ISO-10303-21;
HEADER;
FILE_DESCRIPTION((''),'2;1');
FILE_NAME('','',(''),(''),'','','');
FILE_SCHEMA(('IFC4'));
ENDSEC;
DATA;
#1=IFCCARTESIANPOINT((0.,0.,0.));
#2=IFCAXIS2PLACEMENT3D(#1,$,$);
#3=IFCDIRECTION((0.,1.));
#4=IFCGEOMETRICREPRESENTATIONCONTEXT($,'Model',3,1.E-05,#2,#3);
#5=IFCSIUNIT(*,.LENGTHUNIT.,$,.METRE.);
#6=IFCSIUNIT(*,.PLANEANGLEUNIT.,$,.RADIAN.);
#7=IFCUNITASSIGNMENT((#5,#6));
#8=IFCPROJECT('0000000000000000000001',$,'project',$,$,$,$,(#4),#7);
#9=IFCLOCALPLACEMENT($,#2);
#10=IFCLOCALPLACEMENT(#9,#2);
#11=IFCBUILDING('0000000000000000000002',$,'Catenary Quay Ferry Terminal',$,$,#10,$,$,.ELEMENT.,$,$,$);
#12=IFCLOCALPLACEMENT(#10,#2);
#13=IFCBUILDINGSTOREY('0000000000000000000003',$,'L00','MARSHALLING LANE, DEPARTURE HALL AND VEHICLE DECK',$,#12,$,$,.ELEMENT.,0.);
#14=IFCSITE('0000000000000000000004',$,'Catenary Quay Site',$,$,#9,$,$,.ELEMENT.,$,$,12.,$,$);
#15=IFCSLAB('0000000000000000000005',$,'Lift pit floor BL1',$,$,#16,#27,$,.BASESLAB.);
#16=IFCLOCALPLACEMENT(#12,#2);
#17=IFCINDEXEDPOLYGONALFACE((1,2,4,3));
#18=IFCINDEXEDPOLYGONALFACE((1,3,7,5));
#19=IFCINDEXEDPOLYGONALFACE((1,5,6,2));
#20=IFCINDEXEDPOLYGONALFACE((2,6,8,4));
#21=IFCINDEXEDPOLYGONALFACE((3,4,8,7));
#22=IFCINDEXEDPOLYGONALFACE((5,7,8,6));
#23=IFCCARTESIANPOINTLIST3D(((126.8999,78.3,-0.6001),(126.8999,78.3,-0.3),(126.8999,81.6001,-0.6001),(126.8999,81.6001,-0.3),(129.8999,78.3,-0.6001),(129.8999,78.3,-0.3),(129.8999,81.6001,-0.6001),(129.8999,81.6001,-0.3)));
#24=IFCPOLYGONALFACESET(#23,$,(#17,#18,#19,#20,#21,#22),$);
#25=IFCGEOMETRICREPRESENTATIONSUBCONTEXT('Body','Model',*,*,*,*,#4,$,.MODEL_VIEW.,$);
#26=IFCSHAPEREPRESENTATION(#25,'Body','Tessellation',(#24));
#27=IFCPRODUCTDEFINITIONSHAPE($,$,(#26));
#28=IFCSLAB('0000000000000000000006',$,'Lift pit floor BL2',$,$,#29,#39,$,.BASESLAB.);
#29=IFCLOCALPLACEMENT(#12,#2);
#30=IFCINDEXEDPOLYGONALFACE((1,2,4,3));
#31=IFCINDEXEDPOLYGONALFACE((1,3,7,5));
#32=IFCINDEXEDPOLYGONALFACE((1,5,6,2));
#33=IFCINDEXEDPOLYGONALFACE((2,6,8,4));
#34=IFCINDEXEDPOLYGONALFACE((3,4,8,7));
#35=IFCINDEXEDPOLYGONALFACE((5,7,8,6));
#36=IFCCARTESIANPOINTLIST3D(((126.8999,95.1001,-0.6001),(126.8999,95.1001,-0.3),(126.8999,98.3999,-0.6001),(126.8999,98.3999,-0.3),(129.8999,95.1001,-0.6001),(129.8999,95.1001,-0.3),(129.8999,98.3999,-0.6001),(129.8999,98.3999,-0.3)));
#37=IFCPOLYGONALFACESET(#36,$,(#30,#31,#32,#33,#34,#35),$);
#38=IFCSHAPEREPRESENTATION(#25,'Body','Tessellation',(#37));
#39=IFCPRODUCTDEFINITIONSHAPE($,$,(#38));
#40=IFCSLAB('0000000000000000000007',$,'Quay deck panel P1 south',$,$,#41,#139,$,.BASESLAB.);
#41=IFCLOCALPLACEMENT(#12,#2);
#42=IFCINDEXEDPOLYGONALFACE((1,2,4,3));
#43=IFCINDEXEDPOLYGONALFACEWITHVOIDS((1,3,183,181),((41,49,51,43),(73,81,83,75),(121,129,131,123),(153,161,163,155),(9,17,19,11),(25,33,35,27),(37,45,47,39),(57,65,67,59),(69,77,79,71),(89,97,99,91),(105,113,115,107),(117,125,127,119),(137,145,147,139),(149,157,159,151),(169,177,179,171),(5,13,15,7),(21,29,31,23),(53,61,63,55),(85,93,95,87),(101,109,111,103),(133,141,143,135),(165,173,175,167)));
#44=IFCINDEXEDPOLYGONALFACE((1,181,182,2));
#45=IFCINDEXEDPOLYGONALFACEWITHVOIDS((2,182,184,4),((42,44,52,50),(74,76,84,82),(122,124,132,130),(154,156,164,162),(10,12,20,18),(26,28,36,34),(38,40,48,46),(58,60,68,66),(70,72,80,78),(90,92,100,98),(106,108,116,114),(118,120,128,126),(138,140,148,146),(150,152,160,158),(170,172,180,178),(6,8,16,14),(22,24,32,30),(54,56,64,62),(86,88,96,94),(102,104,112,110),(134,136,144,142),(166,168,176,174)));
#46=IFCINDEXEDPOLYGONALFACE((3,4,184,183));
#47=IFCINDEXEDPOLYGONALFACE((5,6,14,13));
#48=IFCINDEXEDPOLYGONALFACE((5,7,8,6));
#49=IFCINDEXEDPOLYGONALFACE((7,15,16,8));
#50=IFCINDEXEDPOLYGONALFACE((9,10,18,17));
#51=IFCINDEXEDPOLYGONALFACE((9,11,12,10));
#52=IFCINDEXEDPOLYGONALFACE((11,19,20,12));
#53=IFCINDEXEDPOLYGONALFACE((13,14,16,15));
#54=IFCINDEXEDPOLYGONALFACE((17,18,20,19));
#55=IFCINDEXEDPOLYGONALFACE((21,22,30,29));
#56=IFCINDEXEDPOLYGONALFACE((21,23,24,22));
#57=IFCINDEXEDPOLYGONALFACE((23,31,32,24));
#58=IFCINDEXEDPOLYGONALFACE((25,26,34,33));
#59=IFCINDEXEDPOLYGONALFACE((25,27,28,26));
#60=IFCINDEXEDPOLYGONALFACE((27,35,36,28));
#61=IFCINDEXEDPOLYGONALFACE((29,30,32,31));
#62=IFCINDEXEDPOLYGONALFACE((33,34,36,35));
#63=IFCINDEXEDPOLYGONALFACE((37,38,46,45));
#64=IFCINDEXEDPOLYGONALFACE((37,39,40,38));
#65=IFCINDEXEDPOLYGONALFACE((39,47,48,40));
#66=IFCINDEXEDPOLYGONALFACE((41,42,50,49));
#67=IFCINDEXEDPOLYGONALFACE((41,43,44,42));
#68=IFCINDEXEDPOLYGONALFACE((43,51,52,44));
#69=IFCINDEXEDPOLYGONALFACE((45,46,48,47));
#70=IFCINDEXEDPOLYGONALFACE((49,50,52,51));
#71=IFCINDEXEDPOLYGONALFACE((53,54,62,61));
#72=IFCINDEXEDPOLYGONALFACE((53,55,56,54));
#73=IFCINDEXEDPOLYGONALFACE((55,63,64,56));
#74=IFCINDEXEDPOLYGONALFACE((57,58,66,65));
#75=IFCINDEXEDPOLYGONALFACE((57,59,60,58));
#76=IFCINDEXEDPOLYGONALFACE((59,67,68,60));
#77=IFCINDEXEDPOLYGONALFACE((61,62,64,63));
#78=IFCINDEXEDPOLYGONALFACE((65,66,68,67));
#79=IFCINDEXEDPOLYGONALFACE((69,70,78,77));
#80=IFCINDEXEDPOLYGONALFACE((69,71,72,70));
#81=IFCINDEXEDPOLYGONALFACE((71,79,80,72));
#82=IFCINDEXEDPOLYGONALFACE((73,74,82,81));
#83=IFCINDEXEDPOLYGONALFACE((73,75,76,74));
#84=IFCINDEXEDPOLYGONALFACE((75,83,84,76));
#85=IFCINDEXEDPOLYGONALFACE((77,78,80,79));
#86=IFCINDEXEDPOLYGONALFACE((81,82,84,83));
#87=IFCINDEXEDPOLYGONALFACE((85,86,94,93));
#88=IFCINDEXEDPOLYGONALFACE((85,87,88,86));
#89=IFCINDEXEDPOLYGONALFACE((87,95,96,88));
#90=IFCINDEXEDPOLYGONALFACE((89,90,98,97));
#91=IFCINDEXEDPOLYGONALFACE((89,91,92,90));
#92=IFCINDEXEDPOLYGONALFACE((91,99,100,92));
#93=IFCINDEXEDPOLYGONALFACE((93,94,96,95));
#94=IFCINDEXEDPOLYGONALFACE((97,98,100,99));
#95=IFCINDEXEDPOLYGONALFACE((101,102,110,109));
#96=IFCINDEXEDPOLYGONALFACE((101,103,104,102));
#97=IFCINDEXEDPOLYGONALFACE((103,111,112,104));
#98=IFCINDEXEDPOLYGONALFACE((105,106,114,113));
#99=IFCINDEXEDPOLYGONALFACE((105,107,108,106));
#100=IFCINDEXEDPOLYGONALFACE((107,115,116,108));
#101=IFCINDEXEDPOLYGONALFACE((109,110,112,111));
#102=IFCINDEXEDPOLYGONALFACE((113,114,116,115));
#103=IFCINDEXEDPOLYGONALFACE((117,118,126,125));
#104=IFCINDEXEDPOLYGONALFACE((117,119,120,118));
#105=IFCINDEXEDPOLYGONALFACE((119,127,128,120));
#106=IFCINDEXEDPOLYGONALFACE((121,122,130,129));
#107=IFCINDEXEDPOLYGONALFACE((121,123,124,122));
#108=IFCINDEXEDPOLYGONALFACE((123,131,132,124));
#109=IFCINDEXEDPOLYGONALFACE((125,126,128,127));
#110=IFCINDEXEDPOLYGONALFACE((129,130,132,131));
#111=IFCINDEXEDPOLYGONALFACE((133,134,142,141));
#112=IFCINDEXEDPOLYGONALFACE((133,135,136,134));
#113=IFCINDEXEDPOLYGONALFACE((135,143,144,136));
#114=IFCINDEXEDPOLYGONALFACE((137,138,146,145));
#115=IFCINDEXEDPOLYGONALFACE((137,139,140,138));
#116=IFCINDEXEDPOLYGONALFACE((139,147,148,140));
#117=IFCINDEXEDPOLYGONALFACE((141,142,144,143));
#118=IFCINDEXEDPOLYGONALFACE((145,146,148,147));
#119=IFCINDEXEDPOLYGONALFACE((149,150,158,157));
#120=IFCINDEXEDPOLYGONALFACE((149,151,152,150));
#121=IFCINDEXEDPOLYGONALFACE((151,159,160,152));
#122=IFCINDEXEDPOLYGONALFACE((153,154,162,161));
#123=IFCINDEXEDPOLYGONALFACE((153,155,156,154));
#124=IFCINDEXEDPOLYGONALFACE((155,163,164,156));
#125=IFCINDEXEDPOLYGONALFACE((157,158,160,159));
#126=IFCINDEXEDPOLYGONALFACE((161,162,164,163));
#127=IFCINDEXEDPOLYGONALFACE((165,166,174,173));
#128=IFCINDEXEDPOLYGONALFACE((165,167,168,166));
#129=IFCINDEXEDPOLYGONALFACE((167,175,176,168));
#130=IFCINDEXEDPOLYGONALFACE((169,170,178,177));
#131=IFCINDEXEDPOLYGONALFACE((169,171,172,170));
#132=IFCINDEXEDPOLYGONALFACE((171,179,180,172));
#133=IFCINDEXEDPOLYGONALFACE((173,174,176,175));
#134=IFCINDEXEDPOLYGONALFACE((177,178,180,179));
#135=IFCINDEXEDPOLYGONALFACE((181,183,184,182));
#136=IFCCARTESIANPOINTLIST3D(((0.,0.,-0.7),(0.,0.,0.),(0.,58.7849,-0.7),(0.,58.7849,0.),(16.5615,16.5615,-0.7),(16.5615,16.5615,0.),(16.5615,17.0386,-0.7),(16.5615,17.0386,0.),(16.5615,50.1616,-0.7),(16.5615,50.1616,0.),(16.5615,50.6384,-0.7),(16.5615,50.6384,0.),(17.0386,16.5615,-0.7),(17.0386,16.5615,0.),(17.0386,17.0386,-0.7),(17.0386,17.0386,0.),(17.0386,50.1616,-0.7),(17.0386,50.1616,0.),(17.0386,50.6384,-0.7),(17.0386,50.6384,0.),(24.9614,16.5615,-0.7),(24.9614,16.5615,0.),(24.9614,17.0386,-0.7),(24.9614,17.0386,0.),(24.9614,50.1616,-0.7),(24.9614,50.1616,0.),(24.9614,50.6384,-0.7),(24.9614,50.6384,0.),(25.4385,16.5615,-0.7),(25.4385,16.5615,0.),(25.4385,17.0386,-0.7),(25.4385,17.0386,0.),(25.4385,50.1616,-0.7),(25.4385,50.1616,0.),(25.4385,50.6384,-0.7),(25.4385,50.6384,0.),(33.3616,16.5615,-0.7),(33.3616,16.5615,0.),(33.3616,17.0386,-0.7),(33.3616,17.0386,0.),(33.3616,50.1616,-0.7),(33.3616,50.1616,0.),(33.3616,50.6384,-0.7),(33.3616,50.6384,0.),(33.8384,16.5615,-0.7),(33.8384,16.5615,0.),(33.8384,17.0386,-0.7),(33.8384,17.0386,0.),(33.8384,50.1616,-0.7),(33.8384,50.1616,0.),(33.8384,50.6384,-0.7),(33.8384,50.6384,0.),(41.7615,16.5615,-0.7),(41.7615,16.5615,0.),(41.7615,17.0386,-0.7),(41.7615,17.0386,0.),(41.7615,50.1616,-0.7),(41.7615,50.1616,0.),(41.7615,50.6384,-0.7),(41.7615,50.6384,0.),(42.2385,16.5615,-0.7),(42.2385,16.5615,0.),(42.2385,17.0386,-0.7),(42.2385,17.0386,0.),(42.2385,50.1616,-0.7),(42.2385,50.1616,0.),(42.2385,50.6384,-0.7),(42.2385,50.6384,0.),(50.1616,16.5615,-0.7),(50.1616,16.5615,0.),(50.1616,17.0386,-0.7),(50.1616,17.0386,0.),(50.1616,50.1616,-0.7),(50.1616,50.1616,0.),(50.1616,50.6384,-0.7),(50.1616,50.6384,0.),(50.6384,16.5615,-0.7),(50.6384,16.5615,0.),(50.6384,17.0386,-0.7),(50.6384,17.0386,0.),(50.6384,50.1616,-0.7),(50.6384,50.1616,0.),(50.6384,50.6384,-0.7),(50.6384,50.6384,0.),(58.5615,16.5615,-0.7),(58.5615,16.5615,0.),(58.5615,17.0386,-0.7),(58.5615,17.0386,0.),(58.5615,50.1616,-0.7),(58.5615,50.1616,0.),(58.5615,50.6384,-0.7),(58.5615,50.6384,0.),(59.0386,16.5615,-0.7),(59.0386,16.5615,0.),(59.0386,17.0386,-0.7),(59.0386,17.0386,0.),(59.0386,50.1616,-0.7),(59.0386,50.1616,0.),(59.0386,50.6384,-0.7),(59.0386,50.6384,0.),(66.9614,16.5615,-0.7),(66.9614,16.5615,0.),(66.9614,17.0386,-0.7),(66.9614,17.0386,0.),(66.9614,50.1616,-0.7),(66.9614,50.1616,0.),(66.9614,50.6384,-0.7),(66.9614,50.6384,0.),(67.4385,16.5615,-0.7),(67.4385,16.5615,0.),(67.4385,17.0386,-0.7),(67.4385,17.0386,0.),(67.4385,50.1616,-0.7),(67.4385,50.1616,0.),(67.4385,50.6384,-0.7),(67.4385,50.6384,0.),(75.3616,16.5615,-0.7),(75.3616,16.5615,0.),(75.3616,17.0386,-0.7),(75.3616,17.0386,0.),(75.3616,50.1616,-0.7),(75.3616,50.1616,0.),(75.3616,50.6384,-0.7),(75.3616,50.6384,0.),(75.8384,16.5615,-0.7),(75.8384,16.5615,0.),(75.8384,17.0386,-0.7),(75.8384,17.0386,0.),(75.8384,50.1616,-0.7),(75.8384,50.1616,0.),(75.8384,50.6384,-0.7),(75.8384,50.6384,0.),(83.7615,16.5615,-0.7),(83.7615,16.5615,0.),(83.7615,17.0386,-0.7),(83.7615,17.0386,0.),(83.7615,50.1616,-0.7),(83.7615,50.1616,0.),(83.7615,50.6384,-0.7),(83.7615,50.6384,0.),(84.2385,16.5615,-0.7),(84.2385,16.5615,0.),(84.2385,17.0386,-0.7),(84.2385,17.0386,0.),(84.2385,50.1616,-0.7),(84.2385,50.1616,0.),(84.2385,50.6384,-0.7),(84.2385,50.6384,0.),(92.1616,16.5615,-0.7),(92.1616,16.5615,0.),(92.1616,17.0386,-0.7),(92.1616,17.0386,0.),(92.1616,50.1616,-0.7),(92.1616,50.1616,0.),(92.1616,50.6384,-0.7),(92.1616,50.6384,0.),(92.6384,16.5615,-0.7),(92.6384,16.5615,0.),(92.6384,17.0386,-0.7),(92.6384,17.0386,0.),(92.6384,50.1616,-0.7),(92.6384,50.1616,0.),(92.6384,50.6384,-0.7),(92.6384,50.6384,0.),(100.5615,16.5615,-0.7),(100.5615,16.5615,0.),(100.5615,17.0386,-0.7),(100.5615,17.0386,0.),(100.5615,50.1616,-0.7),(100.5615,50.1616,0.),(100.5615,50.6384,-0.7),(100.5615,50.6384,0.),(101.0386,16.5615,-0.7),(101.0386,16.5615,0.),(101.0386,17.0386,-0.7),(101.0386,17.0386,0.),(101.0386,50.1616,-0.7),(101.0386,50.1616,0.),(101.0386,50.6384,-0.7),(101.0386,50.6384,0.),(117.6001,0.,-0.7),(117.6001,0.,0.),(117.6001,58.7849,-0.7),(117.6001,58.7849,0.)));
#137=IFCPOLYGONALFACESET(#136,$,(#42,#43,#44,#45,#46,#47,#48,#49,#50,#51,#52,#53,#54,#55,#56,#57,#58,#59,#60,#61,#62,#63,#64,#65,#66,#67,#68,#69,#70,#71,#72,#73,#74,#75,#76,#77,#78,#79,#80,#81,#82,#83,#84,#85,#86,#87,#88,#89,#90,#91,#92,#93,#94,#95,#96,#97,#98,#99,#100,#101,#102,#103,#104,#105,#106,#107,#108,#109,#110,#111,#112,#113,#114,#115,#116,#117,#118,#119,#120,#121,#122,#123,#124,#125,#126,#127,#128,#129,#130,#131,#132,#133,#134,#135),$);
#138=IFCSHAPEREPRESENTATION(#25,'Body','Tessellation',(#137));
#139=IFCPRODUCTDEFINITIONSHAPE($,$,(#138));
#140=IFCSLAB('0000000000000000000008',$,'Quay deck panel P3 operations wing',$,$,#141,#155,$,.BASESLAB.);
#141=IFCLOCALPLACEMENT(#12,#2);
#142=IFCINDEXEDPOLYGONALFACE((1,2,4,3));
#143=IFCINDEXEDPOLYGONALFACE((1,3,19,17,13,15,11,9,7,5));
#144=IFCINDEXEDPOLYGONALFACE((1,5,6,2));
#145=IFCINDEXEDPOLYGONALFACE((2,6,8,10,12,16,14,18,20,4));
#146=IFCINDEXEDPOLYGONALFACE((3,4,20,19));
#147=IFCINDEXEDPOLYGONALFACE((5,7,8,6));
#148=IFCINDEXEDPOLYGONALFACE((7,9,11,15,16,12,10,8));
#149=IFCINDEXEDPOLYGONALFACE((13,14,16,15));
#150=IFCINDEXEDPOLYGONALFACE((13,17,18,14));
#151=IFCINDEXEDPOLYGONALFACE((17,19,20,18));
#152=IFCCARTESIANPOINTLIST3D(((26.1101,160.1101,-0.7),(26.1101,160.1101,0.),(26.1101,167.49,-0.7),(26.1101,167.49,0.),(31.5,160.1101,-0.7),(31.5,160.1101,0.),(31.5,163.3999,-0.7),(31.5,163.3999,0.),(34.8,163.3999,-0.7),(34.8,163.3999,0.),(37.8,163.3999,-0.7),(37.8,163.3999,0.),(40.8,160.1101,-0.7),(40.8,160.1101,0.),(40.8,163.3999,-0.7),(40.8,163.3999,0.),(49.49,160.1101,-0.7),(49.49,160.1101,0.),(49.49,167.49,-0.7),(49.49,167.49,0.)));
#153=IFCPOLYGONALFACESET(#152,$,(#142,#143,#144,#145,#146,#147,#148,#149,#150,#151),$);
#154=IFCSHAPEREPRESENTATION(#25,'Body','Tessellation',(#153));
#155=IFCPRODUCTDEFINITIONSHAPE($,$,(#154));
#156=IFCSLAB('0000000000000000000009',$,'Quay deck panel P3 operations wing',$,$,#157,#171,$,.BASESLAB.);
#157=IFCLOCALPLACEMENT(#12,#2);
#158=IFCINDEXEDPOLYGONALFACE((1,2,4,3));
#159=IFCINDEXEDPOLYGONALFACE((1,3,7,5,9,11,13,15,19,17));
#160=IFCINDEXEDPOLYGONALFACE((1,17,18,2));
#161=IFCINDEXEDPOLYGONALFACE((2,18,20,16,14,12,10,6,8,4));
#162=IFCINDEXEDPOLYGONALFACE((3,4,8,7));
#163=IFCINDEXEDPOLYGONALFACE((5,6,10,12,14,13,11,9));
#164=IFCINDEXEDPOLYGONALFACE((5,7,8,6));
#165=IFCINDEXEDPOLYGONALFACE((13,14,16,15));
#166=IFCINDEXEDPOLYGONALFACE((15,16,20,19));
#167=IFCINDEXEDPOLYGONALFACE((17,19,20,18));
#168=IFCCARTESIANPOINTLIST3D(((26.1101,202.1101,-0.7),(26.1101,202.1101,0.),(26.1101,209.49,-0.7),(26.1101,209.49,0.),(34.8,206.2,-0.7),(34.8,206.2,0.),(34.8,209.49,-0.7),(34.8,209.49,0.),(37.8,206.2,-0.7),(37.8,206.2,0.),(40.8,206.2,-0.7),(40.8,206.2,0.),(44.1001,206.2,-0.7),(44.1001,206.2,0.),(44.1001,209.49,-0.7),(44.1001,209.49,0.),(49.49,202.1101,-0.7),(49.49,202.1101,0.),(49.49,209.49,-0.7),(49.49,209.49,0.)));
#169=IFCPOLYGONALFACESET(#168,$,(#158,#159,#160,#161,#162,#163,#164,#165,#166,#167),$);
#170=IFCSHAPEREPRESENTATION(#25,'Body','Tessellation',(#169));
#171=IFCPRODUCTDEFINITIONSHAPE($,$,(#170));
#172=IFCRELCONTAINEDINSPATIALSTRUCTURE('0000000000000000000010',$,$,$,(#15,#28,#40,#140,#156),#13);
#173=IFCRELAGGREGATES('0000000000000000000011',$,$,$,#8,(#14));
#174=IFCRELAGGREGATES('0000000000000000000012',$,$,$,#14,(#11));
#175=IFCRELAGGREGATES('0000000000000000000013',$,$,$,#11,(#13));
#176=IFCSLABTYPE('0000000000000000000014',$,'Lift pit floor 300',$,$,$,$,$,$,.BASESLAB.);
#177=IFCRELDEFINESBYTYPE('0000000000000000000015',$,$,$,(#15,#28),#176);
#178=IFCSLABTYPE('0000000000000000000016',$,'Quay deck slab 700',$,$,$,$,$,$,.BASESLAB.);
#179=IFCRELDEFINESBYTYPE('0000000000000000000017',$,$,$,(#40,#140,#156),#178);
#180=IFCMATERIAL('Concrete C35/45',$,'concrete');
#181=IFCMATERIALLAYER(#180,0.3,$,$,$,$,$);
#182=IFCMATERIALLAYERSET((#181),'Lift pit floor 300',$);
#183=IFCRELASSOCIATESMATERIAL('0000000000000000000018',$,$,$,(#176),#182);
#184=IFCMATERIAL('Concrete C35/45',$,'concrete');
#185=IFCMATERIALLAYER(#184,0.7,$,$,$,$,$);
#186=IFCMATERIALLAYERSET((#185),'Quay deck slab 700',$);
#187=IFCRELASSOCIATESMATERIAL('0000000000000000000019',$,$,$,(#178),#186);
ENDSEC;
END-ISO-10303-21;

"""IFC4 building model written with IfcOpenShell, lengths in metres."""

from ifc_helpers import new_model, si_unit, direction, frame, origin, place, context, subcontext, project, spatial, polyline, outline, extrude, material, layer, layer_set, type_object, element, save


model = new_model("IFC4")

# Units and contexts
model_context = context("Model", 3, precision=1e-05, world=origin(), true_north=direction((0.0, 1.0)))
body_context = subcontext(model_context, "Body", "Model", "MODEL_VIEW")
ifc_project = project(units=[si_unit("LENGTHUNIT", "METRE"), si_unit("PLANEANGLEUNIT", "RADIAN")], contexts=[model_context])

# Site, building, storey
site_placement = place(None, origin())
site = spatial("IfcSite", under=ifc_project, at=site_placement, Name="Catenary Quay Site", CompositionType="ELEMENT", RefElevation=12.0)
building_placement = place(site_placement, origin())
building = spatial("IfcBuilding", under=site, at=building_placement, Name="Catenary Quay Ferry Terminal", CompositionType="ELEMENT")
storey_placement = place(building_placement, origin())
storey = spatial("IfcBuildingStorey", under=building, at=storey_placement, Name="L00", Description="MARSHALLING LANE, DEPARTURE HALL AND VEHICLE DECK", CompositionType="ELEMENT", Elevation=0.0)

# Slabs
ifc_material_1 = material(Name="Concrete C35/45", Category="concrete")
ifc_layer_1 = layer(ifc_material_1, 0.3)
ifc_layer_set_1 = layer_set([ifc_layer_1], Name="Lift pit floor 300")
slab_type_1 = type_object("IfcSlabType", Name="Lift pit floor 300", PredefinedType="BASESLAB", material=ifc_layer_set_1)
slab_1_placement = place(storey_placement, frame((0.0, 0.0, -0.6001)))
element("IfcSlab", 1, at=slab_1_placement, inside=storey, type_object=slab_type_1, Name="Lift pit floor BL1", PredefinedType="BASESLAB", context=body_context, shape_type="SweptSolid", body=[
    extrude(outline(polyline([(129.8999, 78.3), (129.8999, 81.6001), (126.8999, 81.6001), (126.8999, 78.3), (129.8999, 78.3)])), origin(), (0.0, 0.0, 1.0), 0.3),
])
slab_2_placement = place(storey_placement, frame((0.0, 0.0, -0.6001)))
element("IfcSlab", 2, at=slab_2_placement, inside=storey, type_object=slab_type_1, Name="Lift pit floor BL2", PredefinedType="BASESLAB", context=body_context, shape_type="SweptSolid", body=[
    extrude(outline(polyline([(129.8999, 95.1001), (129.8999, 98.3999), (126.8999, 98.3999), (126.8999, 95.1001), (129.8999, 95.1001)])), origin(), (0.0, 0.0, 1.0), 0.3),
])
ifc_material_2 = material(Name="Concrete C35/45", Category="concrete")
ifc_layer_2 = layer(ifc_material_2, 0.7)
ifc_layer_set_2 = layer_set([ifc_layer_2], Name="Quay deck slab 700")
slab_type_2 = type_object("IfcSlabType", Name="Quay deck slab 700", PredefinedType="BASESLAB", material=ifc_layer_set_2)
slab_3_placement = place(storey_placement, frame((0.0, 0.0, -0.7)))
element("IfcSlab", 3, at=slab_3_placement, inside=storey, type_object=slab_type_2, Name="Quay deck panel P1 south", PredefinedType="BASESLAB", context=body_context, shape_type="SweptSolid", body=[
    extrude(outline(polyline([(0.0, 0.0), (0.0, 58.7849), (117.6001, 58.7849), (117.6001, 0.0), (0.0, 0.0)]), holes=[polyline([(17.0386, 17.0386), (16.5615, 17.0386), (16.5615, 16.5615), (17.0386, 16.5615), (17.0386, 17.0386)]), polyline([(25.4385, 17.0386), (24.9614, 17.0386), (24.9614, 16.5615), (25.4385, 16.5615), (25.4385, 17.0386)]), polyline([(33.8384, 17.0386), (33.3616, 17.0386), (33.3616, 16.5615), (33.8384, 16.5615), (33.8384, 17.0386)]), polyline([(42.2385, 16.5615), (42.2385, 17.0386), (41.7615, 17.0386), (41.7615, 16.5615), (42.2385, 16.5615)]), polyline([(50.6384, 16.5615), (50.6384, 17.0386), (50.1616, 17.0386), (50.1616, 16.5615), (50.6384, 16.5615)]), polyline([(17.0386, 50.6384), (16.5615, 50.6384), (16.5615, 50.1616), (17.0386, 50.1616), (17.0386, 50.6384)]), polyline([(25.4385, 50.1616), (25.4385, 50.6384), (24.9614, 50.6384), (24.9614, 50.1616), (25.4385, 50.1616)]), polyline([(33.8384, 50.1616), (33.8384, 50.6384), (33.3616, 50.6384), (33.3616, 50.1616), (33.8384, 50.1616)]), polyline([(42.2385, 50.6384), (41.7615, 50.6384), (41.7615, 50.1616), (42.2385, 50.1616), (42.2385, 50.6384)]), polyline([(50.6384, 50.1616), (50.6384, 50.6384), (50.1616, 50.6384), (50.1616, 50.1616), (50.6384, 50.1616)]), polyline([(59.0386, 50.1616), (59.0386, 50.6384), (58.5615, 50.6384), (58.5615, 50.1616), (59.0386, 50.1616)]), polyline([(59.0386, 17.0386), (58.5615, 17.0386), (58.5615, 16.5615), (59.0386, 16.5615), (59.0386, 17.0386)]), polyline([(67.4385, 17.0386), (66.9614, 17.0386), (66.9614, 16.5615), (67.4385, 16.5615), (67.4385, 17.0386)]), polyline([(75.8384, 17.0386), (75.3616, 17.0386), (75.3616, 16.5615), (75.8384, 16.5615), (75.8384, 17.0386)]), polyline([(84.2385, 16.5615), (84.2385, 17.0386), (83.7615, 17.0386), (83.7615, 16.5615), (84.2385, 16.5615)]), polyline([(92.6384, 16.5615), (92.6384, 17.0386), (92.1616, 17.0386), (92.1616, 16.5615), (92.6384, 16.5615)]), polyline([(101.0386, 17.0386), (100.5615, 17.0386), (100.5615, 16.5615), (101.0386, 16.5615), (101.0386, 17.0386)]), polyline([(67.4385, 50.1616), (67.4385, 50.6384), (66.9614, 50.6384), (66.9614, 50.1616), (67.4385, 50.1616)]), polyline([(75.8384, 50.1616), (75.8384, 50.6384), (75.3616, 50.6384), (75.3616, 50.1616), (75.8384, 50.1616)]), polyline([(84.2385, 50.6384), (83.7615, 50.6384), (83.7615, 50.1616), (84.2385, 50.1616), (84.2385, 50.6384)]), polyline([(92.6384, 50.1616), (92.6384, 50.6384), (92.1616, 50.6384), (92.1616, 50.1616), (92.6384, 50.1616)]), polyline([(101.0386, 50.1616), (101.0386, 50.6384), (100.5615, 50.6384), (100.5615, 50.1616), (101.0386, 50.1616)])]), origin(), (0.0, 0.0, 1.0), 0.7),
])
slab_4_placement = place(storey_placement, frame((0.0, 0.0, -0.7)))
element("IfcSlab", 4, at=slab_4_placement, inside=storey, type_object=slab_type_2, Name="Quay deck panel P3 operations wing", PredefinedType="BASESLAB", context=body_context, shape_type="SweptSolid", body=[
    extrude(outline(polyline([(31.5, 163.3999), (31.5, 160.1101), (26.1101, 160.1101), (26.1101, 167.49), (49.49, 167.49), (49.49, 160.1101), (40.8, 160.1101), (40.8, 163.3999), (37.8, 163.3999), (34.8, 163.3999), (31.5, 163.3999)])), origin(), (0.0, 0.0, 1.0), 0.7),
])
slab_5_placement = place(storey_placement, frame((0.0, 0.0, -0.7)))
element("IfcSlab", 5, at=slab_5_placement, inside=storey, type_object=slab_type_2, Name="Quay deck panel P3 operations wing", PredefinedType="BASESLAB", context=body_context, shape_type="SweptSolid", body=[
    extrude(outline(polyline([(26.1101, 209.49), (34.8, 209.49), (34.8, 206.2), (37.8, 206.2), (40.8, 206.2), (44.1001, 206.2), (44.1001, 209.49), (49.49, 209.49), (49.49, 202.1101), (26.1101, 202.1101), (26.1101, 209.49)])), origin(), (0.0, 0.0, 1.0), 0.7),
])

save(model, "model.ifc")
